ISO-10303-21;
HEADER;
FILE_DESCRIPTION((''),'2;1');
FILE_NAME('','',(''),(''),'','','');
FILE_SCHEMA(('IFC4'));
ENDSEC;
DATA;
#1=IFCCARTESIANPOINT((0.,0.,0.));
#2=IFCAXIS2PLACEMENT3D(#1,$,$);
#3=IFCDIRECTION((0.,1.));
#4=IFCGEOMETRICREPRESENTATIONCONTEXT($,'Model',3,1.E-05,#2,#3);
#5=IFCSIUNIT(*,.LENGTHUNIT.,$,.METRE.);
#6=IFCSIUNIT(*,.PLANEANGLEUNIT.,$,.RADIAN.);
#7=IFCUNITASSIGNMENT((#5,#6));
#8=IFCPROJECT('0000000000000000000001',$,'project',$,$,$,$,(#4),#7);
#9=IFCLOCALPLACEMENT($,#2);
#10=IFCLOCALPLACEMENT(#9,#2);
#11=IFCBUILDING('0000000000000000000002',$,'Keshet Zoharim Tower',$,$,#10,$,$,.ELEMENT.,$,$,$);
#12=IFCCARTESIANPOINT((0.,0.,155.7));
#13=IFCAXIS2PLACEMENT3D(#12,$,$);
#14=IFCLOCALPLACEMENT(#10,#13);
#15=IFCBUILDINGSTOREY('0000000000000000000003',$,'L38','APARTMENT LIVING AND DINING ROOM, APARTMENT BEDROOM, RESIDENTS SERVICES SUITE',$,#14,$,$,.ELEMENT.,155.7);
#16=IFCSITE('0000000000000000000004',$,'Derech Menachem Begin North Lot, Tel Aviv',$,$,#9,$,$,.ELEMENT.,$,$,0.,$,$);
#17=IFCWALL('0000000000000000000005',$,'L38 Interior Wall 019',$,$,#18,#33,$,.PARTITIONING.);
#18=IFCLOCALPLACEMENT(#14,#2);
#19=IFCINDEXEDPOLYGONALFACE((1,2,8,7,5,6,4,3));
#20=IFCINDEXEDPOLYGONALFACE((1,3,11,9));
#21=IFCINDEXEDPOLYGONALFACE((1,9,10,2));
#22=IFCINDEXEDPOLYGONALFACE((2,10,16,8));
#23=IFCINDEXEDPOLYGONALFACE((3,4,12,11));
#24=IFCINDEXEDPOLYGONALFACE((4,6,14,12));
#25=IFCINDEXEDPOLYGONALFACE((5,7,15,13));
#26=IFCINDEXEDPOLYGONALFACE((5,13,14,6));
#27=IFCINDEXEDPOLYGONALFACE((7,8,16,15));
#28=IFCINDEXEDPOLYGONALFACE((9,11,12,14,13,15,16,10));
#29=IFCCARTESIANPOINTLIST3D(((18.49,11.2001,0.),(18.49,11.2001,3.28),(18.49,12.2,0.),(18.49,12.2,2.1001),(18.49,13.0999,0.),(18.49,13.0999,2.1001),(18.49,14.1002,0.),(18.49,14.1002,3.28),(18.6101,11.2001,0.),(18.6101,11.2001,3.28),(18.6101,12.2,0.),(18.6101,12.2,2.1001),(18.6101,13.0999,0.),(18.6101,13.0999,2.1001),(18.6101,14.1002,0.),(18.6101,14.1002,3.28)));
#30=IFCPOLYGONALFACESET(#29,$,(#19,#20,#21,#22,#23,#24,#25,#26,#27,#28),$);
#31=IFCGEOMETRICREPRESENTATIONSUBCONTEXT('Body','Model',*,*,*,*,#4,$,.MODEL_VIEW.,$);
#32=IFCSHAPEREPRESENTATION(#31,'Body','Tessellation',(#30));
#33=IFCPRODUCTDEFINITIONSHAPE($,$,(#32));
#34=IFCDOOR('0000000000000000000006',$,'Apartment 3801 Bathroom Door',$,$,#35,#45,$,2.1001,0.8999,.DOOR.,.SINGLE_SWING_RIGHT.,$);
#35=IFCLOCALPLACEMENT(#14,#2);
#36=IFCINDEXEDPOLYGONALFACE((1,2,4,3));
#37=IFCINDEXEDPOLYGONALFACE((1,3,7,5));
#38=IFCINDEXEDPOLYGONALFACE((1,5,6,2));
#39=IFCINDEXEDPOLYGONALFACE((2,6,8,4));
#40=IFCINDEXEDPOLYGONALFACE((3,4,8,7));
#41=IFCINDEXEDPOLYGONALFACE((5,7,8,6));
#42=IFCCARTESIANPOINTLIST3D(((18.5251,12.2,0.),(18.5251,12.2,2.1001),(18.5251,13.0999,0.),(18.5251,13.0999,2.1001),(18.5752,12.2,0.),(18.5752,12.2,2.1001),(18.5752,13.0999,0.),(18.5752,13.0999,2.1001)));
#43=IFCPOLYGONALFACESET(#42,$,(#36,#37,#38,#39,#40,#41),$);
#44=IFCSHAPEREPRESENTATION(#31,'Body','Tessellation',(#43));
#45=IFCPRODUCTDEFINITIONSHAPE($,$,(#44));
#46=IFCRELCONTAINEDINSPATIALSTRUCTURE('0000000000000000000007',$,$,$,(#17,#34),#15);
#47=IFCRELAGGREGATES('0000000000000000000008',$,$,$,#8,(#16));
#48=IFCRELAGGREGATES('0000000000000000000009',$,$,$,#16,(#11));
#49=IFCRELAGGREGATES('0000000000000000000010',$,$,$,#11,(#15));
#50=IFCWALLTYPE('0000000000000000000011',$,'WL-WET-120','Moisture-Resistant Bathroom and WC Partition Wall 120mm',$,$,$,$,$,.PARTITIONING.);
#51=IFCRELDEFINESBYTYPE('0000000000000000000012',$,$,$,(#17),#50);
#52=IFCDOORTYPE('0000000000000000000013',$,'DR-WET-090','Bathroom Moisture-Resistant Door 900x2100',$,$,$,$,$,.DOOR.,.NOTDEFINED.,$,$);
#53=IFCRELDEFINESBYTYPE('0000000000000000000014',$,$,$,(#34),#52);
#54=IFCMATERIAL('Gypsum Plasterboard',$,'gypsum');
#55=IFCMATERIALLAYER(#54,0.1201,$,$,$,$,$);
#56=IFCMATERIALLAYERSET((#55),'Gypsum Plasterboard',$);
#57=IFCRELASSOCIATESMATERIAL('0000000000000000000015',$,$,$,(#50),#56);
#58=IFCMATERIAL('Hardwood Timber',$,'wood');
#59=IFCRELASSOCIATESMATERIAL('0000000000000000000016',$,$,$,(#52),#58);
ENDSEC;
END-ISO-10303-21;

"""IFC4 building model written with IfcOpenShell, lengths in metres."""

from ifc_helpers import new_model, si_unit, direction, frame, frame_2d, origin, place, context, subcontext, project, spatial, rectangle, extrude, material, layer, layer_set, type_object, element, fill, save


model = new_model("IFC4")

# Units and contexts
model_context = context("Model", 3, precision=1e-05, world=origin(), true_north=direction((0.0, 1.0)))
body_context = subcontext(model_context, "Body", "Model", "MODEL_VIEW")
ifc_project = project(units=[si_unit("LENGTHUNIT", "METRE"), si_unit("PLANEANGLEUNIT", "RADIAN")], contexts=[model_context])

# Site, building, storey
site_placement = place(None, origin())
site = spatial("IfcSite", under=ifc_project, at=site_placement, Name="Derech Menachem Begin North Lot, Tel Aviv", CompositionType="ELEMENT", RefElevation=0.0)
building_placement = place(site_placement, origin())
building = spatial("IfcBuilding", under=site, at=building_placement, Name="Keshet Zoharim Tower", CompositionType="ELEMENT")
storey_placement = place(building_placement, frame((0.0, 0.0, 155.7)))
storey = spatial("IfcBuildingStorey", under=building, at=storey_placement, Name="L38", Description="APARTMENT LIVING AND DINING ROOM, APARTMENT BEDROOM, RESIDENTS SERVICES SUITE", CompositionType="ELEMENT", Elevation=155.7)

# Shared definitions
ifc_material_1 = material(Name="Gypsum Plasterboard", Category="gypsum")
ifc_material_2 = material(Name="Hardwood Timber", Category="wood")

# Wall, opening, door
ifc_layer_1 = layer(ifc_material_1, 0.1201)
ifc_layer_set_1 = layer_set([ifc_layer_1], Name="Gypsum Plasterboard")
wall_type_1 = type_object("IfcWallType", Name="WL-WET-120", Description="Moisture-Resistant Bathroom and WC Partition Wall 120mm", PredefinedType="PARTITIONING", material=ifc_layer_set_1)
wall_1_placement = place(storey_placement, frame((18.55, 11.2, 0.0), z_axis=(0.0, 0.0, 1.0), x_axis=(0.0, 1.0, 0.0)))
wall_1 = element("IfcWall", 1, at=wall_1_placement, inside=storey, type_object=wall_type_1, Name="L38 Interior Wall 019", PredefinedType="PARTITIONING", context=body_context, shape_type="SweptSolid", body=[
    extrude(rectangle(XDim=2.9001, YDim=0.1201, at=frame_2d((1.4502, 0.0))), origin(), (0.0, 0.0, 1.0), 3.28),
])
opening_1_placement = place(wall_1_placement, frame((1.0, 0.0, 0.0)))
opening_1 = element("IfcOpeningElement", 2, at=opening_1_placement, cuts=wall_1, PredefinedType="OPENING", context=body_context, shape_type="SweptSolid", body=[
    extrude(rectangle(XDim=0.8999, YDim=2.1001, at=frame_2d((0.45, 1.05))), frame((0.0, 0.0701, 0.0), z_axis=(0.0, -1.0, 0.0), x_axis=(1.0, 0.0, 0.0)), (0.0, 0.0, 1.0), 0.1401),
])
door_type_1 = type_object("IfcDoorType", Name="DR-WET-090", Description="Bathroom Moisture-Resistant Door 900x2100", OperationType="NOTDEFINED", PredefinedType="DOOR", material=ifc_material_2)
door_1_placement = place(opening_1_placement, origin())
door_1 = element("IfcDoor", 3, at=door_1_placement, inside=storey, type_object=door_type_1, Name="Apartment 3801 Bathroom Door", OperationType="SINGLE_SWING_RIGHT", OverallHeight=2.1001, OverallWidth=0.8999, PredefinedType="DOOR", context=body_context, shape_type="SweptSolid", body=[
    extrude(rectangle(XDim=0.8999, YDim=2.1001, at=frame_2d((0.45, 1.05))), frame((0.0, 0.0249, 0.0), z_axis=(0.0, -1.0, 0.0), x_axis=(1.0, 0.0, 0.0)), (0.0, 0.0, 1.0), 0.05),
])
fill(opening_1, door_1)

save(model, "model.ifc")
